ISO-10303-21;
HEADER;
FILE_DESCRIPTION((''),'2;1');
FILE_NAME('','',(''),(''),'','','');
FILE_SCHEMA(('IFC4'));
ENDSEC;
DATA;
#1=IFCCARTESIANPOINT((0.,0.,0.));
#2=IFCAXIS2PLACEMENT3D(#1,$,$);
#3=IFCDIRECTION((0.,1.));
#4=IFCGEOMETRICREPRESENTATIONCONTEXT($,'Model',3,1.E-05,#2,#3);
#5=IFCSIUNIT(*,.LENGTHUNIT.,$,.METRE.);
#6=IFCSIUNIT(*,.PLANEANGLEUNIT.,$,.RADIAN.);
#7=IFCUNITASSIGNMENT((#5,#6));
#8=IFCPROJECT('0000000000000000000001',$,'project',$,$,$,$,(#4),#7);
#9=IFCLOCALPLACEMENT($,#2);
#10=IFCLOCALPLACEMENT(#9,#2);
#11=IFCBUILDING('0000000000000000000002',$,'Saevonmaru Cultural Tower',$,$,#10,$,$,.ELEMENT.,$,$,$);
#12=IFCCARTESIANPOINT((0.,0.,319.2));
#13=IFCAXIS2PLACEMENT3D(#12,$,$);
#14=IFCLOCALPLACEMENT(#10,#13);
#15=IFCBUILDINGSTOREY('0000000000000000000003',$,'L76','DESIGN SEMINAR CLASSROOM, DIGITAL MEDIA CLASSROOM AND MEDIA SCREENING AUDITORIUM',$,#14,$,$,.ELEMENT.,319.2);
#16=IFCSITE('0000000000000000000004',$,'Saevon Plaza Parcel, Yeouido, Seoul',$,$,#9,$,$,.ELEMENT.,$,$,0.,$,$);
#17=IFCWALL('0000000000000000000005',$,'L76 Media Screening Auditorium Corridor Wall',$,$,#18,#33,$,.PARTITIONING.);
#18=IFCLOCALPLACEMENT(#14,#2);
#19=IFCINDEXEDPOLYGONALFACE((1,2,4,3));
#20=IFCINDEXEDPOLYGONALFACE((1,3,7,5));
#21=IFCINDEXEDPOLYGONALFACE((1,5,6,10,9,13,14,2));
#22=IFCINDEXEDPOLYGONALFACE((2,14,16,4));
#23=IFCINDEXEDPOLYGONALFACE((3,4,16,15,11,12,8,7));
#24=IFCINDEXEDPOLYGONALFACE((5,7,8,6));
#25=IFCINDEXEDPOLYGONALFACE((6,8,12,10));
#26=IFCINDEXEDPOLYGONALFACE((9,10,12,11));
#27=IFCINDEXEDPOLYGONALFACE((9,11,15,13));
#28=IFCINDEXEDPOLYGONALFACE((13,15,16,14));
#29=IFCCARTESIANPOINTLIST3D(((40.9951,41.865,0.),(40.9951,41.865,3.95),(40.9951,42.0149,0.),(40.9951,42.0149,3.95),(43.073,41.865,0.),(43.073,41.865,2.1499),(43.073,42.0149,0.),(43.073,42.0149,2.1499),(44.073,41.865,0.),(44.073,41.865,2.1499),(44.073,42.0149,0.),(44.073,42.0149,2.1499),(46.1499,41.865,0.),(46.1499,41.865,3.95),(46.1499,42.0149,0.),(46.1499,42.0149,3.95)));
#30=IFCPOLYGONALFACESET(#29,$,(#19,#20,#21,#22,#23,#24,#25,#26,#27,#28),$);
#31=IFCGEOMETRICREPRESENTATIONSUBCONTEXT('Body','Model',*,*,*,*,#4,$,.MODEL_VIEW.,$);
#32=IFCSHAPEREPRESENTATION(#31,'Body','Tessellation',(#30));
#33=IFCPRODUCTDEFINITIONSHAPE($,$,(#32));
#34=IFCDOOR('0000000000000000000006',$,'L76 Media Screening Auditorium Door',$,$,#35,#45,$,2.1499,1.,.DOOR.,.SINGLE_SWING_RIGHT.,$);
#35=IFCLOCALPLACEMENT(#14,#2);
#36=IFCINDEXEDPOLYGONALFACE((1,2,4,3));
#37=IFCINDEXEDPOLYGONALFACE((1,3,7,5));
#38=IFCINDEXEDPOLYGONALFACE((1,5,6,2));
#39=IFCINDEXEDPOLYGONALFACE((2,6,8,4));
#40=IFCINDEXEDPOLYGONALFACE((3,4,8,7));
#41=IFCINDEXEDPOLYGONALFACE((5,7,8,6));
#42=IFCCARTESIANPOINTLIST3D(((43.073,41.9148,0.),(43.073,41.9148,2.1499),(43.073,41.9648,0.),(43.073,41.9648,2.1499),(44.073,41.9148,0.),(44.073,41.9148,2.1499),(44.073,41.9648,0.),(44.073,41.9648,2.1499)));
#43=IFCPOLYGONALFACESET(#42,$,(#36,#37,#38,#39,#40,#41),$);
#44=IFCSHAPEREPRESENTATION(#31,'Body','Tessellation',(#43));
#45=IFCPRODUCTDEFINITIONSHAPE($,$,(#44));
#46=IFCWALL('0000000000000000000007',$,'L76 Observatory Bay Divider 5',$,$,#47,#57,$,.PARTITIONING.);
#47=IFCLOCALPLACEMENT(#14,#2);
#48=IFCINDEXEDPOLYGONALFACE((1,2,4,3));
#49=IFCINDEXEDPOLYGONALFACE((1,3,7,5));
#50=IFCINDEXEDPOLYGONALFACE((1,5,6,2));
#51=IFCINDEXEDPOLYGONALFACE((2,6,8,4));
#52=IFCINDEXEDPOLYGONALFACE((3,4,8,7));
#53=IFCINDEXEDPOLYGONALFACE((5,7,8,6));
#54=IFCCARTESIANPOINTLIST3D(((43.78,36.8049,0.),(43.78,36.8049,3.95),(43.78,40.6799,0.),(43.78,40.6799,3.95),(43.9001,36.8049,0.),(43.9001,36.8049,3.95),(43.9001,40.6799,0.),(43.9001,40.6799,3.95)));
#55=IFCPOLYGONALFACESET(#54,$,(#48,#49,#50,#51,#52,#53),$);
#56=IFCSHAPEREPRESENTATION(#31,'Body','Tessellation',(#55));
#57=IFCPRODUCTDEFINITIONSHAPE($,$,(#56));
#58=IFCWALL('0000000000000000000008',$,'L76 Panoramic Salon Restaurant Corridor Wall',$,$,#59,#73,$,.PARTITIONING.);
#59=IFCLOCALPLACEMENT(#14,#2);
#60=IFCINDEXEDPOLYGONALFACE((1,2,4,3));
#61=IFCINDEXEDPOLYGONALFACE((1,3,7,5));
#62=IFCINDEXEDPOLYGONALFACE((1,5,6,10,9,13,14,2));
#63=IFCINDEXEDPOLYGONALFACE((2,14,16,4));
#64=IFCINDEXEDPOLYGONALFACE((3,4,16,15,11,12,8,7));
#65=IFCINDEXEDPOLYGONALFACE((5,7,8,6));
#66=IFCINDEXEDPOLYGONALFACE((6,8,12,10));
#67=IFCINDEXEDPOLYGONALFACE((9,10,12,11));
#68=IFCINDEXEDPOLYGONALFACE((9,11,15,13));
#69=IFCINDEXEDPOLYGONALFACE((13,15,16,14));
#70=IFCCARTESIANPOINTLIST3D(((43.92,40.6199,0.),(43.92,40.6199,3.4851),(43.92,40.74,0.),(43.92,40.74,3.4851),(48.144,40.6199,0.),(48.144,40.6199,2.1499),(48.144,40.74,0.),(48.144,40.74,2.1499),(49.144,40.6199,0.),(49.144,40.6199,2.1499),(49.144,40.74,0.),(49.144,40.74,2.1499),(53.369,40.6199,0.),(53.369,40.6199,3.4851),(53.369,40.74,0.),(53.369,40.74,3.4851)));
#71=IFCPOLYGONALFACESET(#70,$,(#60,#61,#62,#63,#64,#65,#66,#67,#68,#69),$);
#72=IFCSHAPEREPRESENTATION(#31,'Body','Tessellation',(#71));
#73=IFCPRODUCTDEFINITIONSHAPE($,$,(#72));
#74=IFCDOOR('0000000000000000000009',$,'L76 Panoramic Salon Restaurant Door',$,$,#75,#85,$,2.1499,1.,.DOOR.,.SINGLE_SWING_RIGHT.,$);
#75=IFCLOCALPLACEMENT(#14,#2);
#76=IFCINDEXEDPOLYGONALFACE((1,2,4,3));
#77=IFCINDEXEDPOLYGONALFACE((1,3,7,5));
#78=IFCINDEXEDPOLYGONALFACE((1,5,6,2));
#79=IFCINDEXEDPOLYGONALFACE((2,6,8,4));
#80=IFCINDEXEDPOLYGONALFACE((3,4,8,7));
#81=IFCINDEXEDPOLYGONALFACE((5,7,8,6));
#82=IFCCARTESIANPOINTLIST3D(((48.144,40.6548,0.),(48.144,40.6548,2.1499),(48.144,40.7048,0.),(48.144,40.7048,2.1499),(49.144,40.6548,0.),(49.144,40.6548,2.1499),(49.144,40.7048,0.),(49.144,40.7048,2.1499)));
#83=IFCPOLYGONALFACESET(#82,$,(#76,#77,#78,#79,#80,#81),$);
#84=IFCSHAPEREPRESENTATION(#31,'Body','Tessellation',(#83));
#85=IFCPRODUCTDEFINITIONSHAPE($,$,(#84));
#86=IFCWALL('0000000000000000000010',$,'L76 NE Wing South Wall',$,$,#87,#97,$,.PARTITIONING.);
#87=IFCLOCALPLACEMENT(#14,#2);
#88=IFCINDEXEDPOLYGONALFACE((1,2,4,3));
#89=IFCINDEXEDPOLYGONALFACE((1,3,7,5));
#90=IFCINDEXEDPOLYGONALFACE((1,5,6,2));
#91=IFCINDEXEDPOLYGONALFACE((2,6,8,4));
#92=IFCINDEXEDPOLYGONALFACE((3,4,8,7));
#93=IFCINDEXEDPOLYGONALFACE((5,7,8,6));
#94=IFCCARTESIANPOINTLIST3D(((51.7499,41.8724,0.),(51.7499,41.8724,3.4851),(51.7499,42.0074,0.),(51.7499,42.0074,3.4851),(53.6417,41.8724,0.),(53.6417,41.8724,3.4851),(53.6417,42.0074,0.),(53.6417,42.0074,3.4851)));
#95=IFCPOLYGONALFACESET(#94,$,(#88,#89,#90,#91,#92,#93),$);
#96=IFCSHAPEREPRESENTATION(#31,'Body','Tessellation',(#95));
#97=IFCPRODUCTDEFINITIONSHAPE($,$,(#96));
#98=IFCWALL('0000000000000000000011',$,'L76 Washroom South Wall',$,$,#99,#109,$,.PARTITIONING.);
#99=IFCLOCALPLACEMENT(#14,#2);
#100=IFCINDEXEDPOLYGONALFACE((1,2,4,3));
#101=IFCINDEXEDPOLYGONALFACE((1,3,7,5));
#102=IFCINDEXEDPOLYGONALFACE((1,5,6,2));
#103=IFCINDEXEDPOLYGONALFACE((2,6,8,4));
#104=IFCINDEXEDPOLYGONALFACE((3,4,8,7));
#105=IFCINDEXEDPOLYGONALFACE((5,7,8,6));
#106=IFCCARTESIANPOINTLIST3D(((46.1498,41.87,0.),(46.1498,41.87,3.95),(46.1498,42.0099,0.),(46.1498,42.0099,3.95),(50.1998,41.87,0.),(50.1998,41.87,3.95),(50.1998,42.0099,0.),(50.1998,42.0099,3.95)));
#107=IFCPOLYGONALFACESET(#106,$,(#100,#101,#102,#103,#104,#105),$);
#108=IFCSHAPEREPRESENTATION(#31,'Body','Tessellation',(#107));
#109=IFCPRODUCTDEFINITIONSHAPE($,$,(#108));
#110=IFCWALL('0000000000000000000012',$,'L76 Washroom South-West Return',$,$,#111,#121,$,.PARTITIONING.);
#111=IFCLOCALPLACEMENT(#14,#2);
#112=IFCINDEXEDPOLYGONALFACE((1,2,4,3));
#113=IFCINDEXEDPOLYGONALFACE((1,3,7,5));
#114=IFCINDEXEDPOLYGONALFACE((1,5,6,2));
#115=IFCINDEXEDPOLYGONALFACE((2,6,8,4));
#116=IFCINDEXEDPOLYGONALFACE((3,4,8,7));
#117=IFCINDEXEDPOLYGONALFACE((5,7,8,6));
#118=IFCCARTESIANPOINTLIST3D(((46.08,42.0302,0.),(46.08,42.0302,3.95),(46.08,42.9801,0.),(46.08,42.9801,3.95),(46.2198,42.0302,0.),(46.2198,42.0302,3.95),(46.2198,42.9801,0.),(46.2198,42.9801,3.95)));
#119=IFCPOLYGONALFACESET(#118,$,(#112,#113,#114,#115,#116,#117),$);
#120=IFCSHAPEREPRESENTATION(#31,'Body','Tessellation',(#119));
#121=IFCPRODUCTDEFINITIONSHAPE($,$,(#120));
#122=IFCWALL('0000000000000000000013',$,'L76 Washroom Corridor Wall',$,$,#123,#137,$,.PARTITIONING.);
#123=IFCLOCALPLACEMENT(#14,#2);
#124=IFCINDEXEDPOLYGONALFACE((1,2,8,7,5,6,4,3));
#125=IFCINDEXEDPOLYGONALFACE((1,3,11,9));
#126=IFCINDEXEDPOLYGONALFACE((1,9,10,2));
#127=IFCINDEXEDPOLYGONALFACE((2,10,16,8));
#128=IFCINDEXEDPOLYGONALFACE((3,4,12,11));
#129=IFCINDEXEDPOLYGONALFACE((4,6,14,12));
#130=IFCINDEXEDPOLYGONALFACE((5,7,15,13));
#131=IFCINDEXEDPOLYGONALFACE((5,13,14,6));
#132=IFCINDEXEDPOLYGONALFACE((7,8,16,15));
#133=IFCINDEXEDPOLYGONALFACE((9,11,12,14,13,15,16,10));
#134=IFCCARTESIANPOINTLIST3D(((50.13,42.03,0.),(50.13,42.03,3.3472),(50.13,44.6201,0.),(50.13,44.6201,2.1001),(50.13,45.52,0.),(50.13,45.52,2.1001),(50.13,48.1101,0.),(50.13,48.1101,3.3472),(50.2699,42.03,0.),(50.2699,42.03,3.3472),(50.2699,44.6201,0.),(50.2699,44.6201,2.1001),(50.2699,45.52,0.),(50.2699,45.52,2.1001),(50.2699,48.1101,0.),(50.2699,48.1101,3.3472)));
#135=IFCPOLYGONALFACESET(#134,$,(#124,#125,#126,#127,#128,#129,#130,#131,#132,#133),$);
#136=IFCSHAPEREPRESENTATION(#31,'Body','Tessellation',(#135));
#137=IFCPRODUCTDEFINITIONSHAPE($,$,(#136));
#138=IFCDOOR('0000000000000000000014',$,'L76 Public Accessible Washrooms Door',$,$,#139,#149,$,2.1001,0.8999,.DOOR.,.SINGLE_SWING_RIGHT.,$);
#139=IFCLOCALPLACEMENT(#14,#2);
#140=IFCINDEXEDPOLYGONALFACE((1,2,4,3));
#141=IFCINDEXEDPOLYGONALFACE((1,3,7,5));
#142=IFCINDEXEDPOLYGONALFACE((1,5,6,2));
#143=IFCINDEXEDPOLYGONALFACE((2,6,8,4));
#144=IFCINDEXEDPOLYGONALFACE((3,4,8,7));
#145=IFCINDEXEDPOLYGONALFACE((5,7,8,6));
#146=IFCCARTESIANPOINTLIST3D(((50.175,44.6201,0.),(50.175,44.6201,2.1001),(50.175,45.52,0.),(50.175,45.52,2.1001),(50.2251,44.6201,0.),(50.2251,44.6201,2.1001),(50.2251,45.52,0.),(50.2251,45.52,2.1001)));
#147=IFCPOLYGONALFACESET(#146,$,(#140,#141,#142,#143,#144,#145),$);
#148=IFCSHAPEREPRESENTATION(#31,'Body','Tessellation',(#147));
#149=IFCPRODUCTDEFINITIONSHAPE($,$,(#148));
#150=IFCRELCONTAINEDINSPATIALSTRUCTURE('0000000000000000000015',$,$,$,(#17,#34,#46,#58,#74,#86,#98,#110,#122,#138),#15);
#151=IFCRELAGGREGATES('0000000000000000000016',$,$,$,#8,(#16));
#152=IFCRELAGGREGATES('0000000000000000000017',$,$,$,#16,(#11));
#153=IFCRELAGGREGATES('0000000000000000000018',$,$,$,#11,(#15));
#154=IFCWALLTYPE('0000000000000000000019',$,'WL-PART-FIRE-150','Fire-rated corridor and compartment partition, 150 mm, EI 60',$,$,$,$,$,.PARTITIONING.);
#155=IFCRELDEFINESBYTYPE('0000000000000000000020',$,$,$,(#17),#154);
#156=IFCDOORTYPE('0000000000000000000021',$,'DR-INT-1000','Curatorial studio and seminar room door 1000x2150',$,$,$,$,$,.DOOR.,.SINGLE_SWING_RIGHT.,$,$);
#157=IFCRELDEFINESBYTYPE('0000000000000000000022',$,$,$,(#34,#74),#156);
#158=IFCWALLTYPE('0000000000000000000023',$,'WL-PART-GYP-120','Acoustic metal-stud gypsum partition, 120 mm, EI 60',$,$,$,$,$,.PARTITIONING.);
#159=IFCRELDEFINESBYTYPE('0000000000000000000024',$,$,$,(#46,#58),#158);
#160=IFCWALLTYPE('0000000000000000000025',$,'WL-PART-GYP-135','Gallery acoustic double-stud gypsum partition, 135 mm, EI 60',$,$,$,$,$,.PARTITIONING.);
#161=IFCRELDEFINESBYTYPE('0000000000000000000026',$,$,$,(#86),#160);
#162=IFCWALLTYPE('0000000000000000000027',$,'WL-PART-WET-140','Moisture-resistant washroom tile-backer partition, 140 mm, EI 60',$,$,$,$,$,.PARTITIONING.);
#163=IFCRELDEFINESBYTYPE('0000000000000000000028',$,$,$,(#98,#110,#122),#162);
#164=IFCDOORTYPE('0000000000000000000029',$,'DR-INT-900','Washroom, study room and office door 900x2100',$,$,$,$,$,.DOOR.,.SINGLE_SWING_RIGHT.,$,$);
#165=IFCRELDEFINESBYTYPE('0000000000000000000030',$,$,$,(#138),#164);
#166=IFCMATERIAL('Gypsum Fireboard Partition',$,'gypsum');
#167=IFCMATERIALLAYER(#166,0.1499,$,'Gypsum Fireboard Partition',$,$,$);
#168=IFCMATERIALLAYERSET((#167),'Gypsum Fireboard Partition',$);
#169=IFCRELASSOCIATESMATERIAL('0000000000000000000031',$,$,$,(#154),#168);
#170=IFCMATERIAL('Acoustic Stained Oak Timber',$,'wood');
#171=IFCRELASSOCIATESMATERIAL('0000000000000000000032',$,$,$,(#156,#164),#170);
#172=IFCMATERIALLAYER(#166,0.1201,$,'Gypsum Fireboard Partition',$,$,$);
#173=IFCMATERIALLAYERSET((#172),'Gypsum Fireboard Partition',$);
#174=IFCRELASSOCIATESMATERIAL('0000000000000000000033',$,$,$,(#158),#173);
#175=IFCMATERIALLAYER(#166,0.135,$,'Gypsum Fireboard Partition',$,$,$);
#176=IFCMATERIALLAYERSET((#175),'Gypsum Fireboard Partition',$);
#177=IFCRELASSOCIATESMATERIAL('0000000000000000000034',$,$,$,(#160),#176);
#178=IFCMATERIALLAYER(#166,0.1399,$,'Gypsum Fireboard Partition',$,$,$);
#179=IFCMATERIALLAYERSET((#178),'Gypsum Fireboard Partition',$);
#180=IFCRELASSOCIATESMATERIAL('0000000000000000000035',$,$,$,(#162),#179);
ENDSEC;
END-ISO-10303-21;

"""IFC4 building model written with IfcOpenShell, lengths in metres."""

from ifc_helpers import new_model, si_unit, direction, frame, frame_2d, origin, place, context, subcontext, project, spatial, rectangle, extrude, material, layer, layer_set, type_object, element, fill, save


model = new_model("IFC4")

# Units and contexts
model_context = context("Model", 3, precision=1e-05, world=origin(), true_north=direction((0.0, 1.0)))
body_context = subcontext(model_context, "Body", "Model", "MODEL_VIEW")
ifc_project = project(units=[si_unit("LENGTHUNIT", "METRE"), si_unit("PLANEANGLEUNIT", "RADIAN")], contexts=[model_context])

# Site, building, storey
site_placement = place(None, origin())
site = spatial("IfcSite", under=ifc_project, at=site_placement, Name="Saevon Plaza Parcel, Yeouido, Seoul", CompositionType="ELEMENT", RefElevation=0.0)
building_placement = place(site_placement, origin())
building = spatial("IfcBuilding", under=site, at=building_placement, Name="Saevonmaru Cultural Tower", CompositionType="ELEMENT")
storey_placement = place(building_placement, frame((0.0, 0.0, 319.2)))
storey = spatial("IfcBuildingStorey", under=building, at=storey_placement, Name="L76", Description="DESIGN SEMINAR CLASSROOM, DIGITAL MEDIA CLASSROOM AND MEDIA SCREENING AUDITORIUM", CompositionType="ELEMENT", Elevation=319.2)

# Wall, opening, door
ifc_material_1 = material(Name="Gypsum Fireboard Partition", Category="gypsum")
ifc_layer_1 = layer(ifc_material_1, 0.1499, Name="Gypsum Fireboard Partition")
ifc_layer_set_1 = layer_set([ifc_layer_1], Name="Gypsum Fireboard Partition")
wall_type_1 = type_object("IfcWallType", Name="WL-PART-FIRE-150", Description="Fire-rated corridor and compartment partition, 150 mm, EI 60", PredefinedType="PARTITIONING", material=ifc_layer_set_1)
wall_1_placement = place(storey_placement, frame((40.9951, 41.9399, 0.0), z_axis=(0.0, 0.0, 1.0), x_axis=(1.0, 0.0, 0.0)))
wall_1 = element("IfcWall", 1, at=wall_1_placement, inside=storey, type_object=wall_type_1, Name="L76 Media Screening Auditorium Corridor Wall", PredefinedType="PARTITIONING", context=body_context, shape_type="SweptSolid", body=[
    extrude(rectangle(XDim=5.1548, YDim=0.1499, at=frame_2d((2.5774, 0.0))), origin(), (0.0, 0.0, 1.0), 3.95),
])
opening_1_placement = place(wall_1_placement, frame((2.0779, 0.0, 0.0)))
opening_1 = element("IfcOpeningElement", 2, at=opening_1_placement, cuts=wall_1, PredefinedType="OPENING", context=body_context, shape_type="SweptSolid", body=[
    extrude(rectangle(XDim=1.0, YDim=2.1499, at=frame_2d((0.5, 1.075))), frame((0.0, 0.085, 0.0), z_axis=(0.0, -1.0, 0.0), x_axis=(1.0, 0.0, 0.0)), (0.0, 0.0, 1.0), 0.1699),
])
ifc_material_2 = material(Name="Acoustic Stained Oak Timber", Category="wood")
door_type_1 = type_object("IfcDoorType", Name="DR-INT-1000", Description="Curatorial studio and seminar room door 1000x2150", OperationType="SINGLE_SWING_RIGHT", PredefinedType="DOOR", material=ifc_material_2)
door_1_placement = place(opening_1_placement, origin())
door_1 = element("IfcDoor", 3, at=door_1_placement, inside=storey, type_object=door_type_1, Name="L76 Media Screening Auditorium Door", OperationType="SINGLE_SWING_RIGHT", OverallHeight=2.1499, OverallWidth=1.0, PredefinedType="DOOR", context=body_context, shape_type="SweptSolid", body=[
    extrude(rectangle(XDim=1.0, YDim=2.1499, at=frame_2d((0.5, 1.075))), frame((0.0, 0.0249, 0.0), z_axis=(0.0, -1.0, 0.0), x_axis=(1.0, 0.0, 0.0)), (0.0, 0.0, 1.0), 0.05),
])
fill(opening_1, door_1)

# Wall
ifc_layer_2 = layer(ifc_material_1, 0.1201, Name="Gypsum Fireboard Partition")
ifc_layer_set_2 = layer_set([ifc_layer_2], Name="Gypsum Fireboard Partition")
wall_type_2 = type_object("IfcWallType", Name="WL-PART-GYP-120", Description="Acoustic metal-stud gypsum partition, 120 mm, EI 60", PredefinedType="PARTITIONING", material=ifc_layer_set_2)
wall_2_placement = place(storey_placement, frame((43.8401, 36.8049, 0.0), z_axis=(0.0, 0.0, 1.0), x_axis=(0.0, 1.0, 0.0)))
element("IfcWall", 4, at=wall_2_placement, inside=storey, type_object=wall_type_2, Name="L76 Observatory Bay Divider 5", PredefinedType="PARTITIONING", context=body_context, shape_type="SweptSolid", body=[
    extrude(rectangle(XDim=3.875, YDim=0.1201, at=frame_2d((1.9375, 0.0))), origin(), (0.0, 0.0, 1.0), 3.95),
])

# Wall, opening, door
wall_3_placement = place(storey_placement, frame((43.9199, 40.6799, 0.0), z_axis=(0.0, 0.0, 1.0), x_axis=(1.0, 0.0, 0.0)))
wall_3 = element("IfcWall", 5, at=wall_3_placement, inside=storey, type_object=wall_type_2, Name="L76 Panoramic Salon Restaurant Corridor Wall", PredefinedType="PARTITIONING", context=body_context, shape_type="SweptSolid", body=[
    extrude(rectangle(XDim=9.449, YDim=0.1201, at=frame_2d((4.7246, 0.0))), origin(), (0.0, 0.0, 1.0), 3.4851),
])
opening_2_placement = place(wall_3_placement, frame((4.2241, 0.0, 0.0)))
opening_2 = element("IfcOpeningElement", 6, at=opening_2_placement, cuts=wall_3, PredefinedType="OPENING", context=body_context, shape_type="SweptSolid", body=[
    extrude(rectangle(XDim=1.0, YDim=2.1499, at=frame_2d((0.5, 1.075))), frame((0.0, 0.0701, 0.0), z_axis=(0.0, -1.0, 0.0), x_axis=(1.0, 0.0, 0.0)), (0.0, 0.0, 1.0), 0.1401),
])
door_2_placement = place(opening_2_placement, origin())
door_2 = element("IfcDoor", 7, at=door_2_placement, inside=storey, type_object=door_type_1, Name="L76 Panoramic Salon Restaurant Door", OperationType="SINGLE_SWING_RIGHT", OverallHeight=2.1499, OverallWidth=1.0, PredefinedType="DOOR", context=body_context, shape_type="SweptSolid", body=[
    extrude(rectangle(XDim=1.0, YDim=2.1499, at=frame_2d((0.5, 1.075))), frame((0.0, 0.0249, 0.0), z_axis=(0.0, -1.0, 0.0), x_axis=(1.0, 0.0, 0.0)), (0.0, 0.0, 1.0), 0.05),
])
fill(opening_2, door_2)

# Walls
ifc_layer_3 = layer(ifc_material_1, 0.135, Name="Gypsum Fireboard Partition")
ifc_layer_set_3 = layer_set([ifc_layer_3], Name="Gypsum Fireboard Partition")
wall_type_3 = type_object("IfcWallType", Name="WL-PART-GYP-135", Description="Gallery acoustic double-stud gypsum partition, 135 mm, EI 60", PredefinedType="PARTITIONING", material=ifc_layer_set_3)
wall_4_placement = place(storey_placement, frame((51.75, 41.9399, 0.0), z_axis=(0.0, 0.0, 1.0), x_axis=(1.0, 0.0, 0.0)))
element("IfcWall", 8, at=wall_4_placement, inside=storey, type_object=wall_type_3, Name="L76 NE Wing South Wall", PredefinedType="PARTITIONING", context=body_context, shape_type="SweptSolid", body=[
    extrude(rectangle(XDim=1.8918, YDim=0.135, at=frame_2d((0.9458, 0.0))), origin(), (0.0, 0.0, 1.0), 3.4851),
])
ifc_layer_4 = layer(ifc_material_1, 0.1399, Name="Gypsum Fireboard Partition")
ifc_layer_set_4 = layer_set([ifc_layer_4], Name="Gypsum Fireboard Partition")
wall_type_4 = type_object("IfcWallType", Name="WL-PART-WET-140", Description="Moisture-resistant washroom tile-backer partition, 140 mm, EI 60", PredefinedType="PARTITIONING", material=ifc_layer_set_4)
wall_5_placement = place(storey_placement, frame((46.1499, 41.9399, 0.0), z_axis=(0.0, 0.0, 1.0), x_axis=(1.0, 0.0, 0.0)))
element("IfcWall", 9, at=wall_5_placement, inside=storey, type_object=wall_type_4, Name="L76 Washroom South Wall", PredefinedType="PARTITIONING", context=body_context, shape_type="SweptSolid", body=[
    extrude(rectangle(XDim=4.05, YDim=0.1399, at=frame_2d((2.0249, 0.0))), origin(), (0.0, 0.0, 1.0), 3.95),
])
wall_6_placement = place(storey_placement, frame((46.1499, 42.03, 0.0), z_axis=(0.0, 0.0, 1.0), x_axis=(0.0, 1.0, 0.0)))
element("IfcWall", 10, at=wall_6_placement, inside=storey, type_object=wall_type_4, Name="L76 Washroom South-West Return", PredefinedType="PARTITIONING", context=body_context, shape_type="SweptSolid", body=[
    extrude(rectangle(XDim=0.95, YDim=0.1399, at=frame_2d((0.4751, 0.0))), origin(), (0.0, 0.0, 1.0), 3.95),
])

# Wall, opening, door
wall_7_placement = place(storey_placement, frame((50.2, 42.03, 0.0), z_axis=(0.0, 0.0, 1.0), x_axis=(0.0, 1.0, 0.0)))
wall_7 = element("IfcWall", 11, at=wall_7_placement, inside=storey, type_object=wall_type_4, Name="L76 Washroom Corridor Wall", PredefinedType="PARTITIONING", context=body_context, shape_type="SweptSolid", body=[
    extrude(rectangle(XDim=6.0801, YDim=0.1399, at=frame_2d((3.04, 0.0))), origin(), (0.0, 0.0, 1.0), 3.3472),
])
opening_3_placement = place(wall_7_placement, frame((2.5901, 0.0, 0.0)))
opening_3 = element("IfcOpeningElement", 12, at=opening_3_placement, cuts=wall_7, PredefinedType="OPENING", context=body_context, shape_type="SweptSolid", body=[
    extrude(rectangle(XDim=0.8999, YDim=2.1001, at=frame_2d((0.45, 1.05))), frame((0.0, 0.0801, 0.0), z_axis=(0.0, -1.0, 0.0), x_axis=(1.0, 0.0, 0.0)), (0.0, 0.0, 1.0), 0.1599),
])
door_type_2 = type_object("IfcDoorType", Name="DR-INT-900", Description="Washroom, study room and office door 900x2100", OperationType="SINGLE_SWING_RIGHT", PredefinedType="DOOR", material=ifc_material_2)
door_3_placement = place(opening_3_placement, origin())
door_3 = element("IfcDoor", 13, at=door_3_placement, inside=storey, type_object=door_type_2, Name="L76 Public Accessible Washrooms Door", OperationType="SINGLE_SWING_RIGHT", OverallHeight=2.1001, OverallWidth=0.8999, PredefinedType="DOOR", context=body_context, shape_type="SweptSolid", body=[
    extrude(rectangle(XDim=0.8999, YDim=2.1001, at=frame_2d((0.45, 1.05))), frame((0.0, 0.0249, 0.0), z_axis=(0.0, -1.0, 0.0), x_axis=(1.0, 0.0, 0.0)), (0.0, 0.0, 1.0), 0.05),
])
fill(opening_3, door_3)

save(model, "model.ifc")
